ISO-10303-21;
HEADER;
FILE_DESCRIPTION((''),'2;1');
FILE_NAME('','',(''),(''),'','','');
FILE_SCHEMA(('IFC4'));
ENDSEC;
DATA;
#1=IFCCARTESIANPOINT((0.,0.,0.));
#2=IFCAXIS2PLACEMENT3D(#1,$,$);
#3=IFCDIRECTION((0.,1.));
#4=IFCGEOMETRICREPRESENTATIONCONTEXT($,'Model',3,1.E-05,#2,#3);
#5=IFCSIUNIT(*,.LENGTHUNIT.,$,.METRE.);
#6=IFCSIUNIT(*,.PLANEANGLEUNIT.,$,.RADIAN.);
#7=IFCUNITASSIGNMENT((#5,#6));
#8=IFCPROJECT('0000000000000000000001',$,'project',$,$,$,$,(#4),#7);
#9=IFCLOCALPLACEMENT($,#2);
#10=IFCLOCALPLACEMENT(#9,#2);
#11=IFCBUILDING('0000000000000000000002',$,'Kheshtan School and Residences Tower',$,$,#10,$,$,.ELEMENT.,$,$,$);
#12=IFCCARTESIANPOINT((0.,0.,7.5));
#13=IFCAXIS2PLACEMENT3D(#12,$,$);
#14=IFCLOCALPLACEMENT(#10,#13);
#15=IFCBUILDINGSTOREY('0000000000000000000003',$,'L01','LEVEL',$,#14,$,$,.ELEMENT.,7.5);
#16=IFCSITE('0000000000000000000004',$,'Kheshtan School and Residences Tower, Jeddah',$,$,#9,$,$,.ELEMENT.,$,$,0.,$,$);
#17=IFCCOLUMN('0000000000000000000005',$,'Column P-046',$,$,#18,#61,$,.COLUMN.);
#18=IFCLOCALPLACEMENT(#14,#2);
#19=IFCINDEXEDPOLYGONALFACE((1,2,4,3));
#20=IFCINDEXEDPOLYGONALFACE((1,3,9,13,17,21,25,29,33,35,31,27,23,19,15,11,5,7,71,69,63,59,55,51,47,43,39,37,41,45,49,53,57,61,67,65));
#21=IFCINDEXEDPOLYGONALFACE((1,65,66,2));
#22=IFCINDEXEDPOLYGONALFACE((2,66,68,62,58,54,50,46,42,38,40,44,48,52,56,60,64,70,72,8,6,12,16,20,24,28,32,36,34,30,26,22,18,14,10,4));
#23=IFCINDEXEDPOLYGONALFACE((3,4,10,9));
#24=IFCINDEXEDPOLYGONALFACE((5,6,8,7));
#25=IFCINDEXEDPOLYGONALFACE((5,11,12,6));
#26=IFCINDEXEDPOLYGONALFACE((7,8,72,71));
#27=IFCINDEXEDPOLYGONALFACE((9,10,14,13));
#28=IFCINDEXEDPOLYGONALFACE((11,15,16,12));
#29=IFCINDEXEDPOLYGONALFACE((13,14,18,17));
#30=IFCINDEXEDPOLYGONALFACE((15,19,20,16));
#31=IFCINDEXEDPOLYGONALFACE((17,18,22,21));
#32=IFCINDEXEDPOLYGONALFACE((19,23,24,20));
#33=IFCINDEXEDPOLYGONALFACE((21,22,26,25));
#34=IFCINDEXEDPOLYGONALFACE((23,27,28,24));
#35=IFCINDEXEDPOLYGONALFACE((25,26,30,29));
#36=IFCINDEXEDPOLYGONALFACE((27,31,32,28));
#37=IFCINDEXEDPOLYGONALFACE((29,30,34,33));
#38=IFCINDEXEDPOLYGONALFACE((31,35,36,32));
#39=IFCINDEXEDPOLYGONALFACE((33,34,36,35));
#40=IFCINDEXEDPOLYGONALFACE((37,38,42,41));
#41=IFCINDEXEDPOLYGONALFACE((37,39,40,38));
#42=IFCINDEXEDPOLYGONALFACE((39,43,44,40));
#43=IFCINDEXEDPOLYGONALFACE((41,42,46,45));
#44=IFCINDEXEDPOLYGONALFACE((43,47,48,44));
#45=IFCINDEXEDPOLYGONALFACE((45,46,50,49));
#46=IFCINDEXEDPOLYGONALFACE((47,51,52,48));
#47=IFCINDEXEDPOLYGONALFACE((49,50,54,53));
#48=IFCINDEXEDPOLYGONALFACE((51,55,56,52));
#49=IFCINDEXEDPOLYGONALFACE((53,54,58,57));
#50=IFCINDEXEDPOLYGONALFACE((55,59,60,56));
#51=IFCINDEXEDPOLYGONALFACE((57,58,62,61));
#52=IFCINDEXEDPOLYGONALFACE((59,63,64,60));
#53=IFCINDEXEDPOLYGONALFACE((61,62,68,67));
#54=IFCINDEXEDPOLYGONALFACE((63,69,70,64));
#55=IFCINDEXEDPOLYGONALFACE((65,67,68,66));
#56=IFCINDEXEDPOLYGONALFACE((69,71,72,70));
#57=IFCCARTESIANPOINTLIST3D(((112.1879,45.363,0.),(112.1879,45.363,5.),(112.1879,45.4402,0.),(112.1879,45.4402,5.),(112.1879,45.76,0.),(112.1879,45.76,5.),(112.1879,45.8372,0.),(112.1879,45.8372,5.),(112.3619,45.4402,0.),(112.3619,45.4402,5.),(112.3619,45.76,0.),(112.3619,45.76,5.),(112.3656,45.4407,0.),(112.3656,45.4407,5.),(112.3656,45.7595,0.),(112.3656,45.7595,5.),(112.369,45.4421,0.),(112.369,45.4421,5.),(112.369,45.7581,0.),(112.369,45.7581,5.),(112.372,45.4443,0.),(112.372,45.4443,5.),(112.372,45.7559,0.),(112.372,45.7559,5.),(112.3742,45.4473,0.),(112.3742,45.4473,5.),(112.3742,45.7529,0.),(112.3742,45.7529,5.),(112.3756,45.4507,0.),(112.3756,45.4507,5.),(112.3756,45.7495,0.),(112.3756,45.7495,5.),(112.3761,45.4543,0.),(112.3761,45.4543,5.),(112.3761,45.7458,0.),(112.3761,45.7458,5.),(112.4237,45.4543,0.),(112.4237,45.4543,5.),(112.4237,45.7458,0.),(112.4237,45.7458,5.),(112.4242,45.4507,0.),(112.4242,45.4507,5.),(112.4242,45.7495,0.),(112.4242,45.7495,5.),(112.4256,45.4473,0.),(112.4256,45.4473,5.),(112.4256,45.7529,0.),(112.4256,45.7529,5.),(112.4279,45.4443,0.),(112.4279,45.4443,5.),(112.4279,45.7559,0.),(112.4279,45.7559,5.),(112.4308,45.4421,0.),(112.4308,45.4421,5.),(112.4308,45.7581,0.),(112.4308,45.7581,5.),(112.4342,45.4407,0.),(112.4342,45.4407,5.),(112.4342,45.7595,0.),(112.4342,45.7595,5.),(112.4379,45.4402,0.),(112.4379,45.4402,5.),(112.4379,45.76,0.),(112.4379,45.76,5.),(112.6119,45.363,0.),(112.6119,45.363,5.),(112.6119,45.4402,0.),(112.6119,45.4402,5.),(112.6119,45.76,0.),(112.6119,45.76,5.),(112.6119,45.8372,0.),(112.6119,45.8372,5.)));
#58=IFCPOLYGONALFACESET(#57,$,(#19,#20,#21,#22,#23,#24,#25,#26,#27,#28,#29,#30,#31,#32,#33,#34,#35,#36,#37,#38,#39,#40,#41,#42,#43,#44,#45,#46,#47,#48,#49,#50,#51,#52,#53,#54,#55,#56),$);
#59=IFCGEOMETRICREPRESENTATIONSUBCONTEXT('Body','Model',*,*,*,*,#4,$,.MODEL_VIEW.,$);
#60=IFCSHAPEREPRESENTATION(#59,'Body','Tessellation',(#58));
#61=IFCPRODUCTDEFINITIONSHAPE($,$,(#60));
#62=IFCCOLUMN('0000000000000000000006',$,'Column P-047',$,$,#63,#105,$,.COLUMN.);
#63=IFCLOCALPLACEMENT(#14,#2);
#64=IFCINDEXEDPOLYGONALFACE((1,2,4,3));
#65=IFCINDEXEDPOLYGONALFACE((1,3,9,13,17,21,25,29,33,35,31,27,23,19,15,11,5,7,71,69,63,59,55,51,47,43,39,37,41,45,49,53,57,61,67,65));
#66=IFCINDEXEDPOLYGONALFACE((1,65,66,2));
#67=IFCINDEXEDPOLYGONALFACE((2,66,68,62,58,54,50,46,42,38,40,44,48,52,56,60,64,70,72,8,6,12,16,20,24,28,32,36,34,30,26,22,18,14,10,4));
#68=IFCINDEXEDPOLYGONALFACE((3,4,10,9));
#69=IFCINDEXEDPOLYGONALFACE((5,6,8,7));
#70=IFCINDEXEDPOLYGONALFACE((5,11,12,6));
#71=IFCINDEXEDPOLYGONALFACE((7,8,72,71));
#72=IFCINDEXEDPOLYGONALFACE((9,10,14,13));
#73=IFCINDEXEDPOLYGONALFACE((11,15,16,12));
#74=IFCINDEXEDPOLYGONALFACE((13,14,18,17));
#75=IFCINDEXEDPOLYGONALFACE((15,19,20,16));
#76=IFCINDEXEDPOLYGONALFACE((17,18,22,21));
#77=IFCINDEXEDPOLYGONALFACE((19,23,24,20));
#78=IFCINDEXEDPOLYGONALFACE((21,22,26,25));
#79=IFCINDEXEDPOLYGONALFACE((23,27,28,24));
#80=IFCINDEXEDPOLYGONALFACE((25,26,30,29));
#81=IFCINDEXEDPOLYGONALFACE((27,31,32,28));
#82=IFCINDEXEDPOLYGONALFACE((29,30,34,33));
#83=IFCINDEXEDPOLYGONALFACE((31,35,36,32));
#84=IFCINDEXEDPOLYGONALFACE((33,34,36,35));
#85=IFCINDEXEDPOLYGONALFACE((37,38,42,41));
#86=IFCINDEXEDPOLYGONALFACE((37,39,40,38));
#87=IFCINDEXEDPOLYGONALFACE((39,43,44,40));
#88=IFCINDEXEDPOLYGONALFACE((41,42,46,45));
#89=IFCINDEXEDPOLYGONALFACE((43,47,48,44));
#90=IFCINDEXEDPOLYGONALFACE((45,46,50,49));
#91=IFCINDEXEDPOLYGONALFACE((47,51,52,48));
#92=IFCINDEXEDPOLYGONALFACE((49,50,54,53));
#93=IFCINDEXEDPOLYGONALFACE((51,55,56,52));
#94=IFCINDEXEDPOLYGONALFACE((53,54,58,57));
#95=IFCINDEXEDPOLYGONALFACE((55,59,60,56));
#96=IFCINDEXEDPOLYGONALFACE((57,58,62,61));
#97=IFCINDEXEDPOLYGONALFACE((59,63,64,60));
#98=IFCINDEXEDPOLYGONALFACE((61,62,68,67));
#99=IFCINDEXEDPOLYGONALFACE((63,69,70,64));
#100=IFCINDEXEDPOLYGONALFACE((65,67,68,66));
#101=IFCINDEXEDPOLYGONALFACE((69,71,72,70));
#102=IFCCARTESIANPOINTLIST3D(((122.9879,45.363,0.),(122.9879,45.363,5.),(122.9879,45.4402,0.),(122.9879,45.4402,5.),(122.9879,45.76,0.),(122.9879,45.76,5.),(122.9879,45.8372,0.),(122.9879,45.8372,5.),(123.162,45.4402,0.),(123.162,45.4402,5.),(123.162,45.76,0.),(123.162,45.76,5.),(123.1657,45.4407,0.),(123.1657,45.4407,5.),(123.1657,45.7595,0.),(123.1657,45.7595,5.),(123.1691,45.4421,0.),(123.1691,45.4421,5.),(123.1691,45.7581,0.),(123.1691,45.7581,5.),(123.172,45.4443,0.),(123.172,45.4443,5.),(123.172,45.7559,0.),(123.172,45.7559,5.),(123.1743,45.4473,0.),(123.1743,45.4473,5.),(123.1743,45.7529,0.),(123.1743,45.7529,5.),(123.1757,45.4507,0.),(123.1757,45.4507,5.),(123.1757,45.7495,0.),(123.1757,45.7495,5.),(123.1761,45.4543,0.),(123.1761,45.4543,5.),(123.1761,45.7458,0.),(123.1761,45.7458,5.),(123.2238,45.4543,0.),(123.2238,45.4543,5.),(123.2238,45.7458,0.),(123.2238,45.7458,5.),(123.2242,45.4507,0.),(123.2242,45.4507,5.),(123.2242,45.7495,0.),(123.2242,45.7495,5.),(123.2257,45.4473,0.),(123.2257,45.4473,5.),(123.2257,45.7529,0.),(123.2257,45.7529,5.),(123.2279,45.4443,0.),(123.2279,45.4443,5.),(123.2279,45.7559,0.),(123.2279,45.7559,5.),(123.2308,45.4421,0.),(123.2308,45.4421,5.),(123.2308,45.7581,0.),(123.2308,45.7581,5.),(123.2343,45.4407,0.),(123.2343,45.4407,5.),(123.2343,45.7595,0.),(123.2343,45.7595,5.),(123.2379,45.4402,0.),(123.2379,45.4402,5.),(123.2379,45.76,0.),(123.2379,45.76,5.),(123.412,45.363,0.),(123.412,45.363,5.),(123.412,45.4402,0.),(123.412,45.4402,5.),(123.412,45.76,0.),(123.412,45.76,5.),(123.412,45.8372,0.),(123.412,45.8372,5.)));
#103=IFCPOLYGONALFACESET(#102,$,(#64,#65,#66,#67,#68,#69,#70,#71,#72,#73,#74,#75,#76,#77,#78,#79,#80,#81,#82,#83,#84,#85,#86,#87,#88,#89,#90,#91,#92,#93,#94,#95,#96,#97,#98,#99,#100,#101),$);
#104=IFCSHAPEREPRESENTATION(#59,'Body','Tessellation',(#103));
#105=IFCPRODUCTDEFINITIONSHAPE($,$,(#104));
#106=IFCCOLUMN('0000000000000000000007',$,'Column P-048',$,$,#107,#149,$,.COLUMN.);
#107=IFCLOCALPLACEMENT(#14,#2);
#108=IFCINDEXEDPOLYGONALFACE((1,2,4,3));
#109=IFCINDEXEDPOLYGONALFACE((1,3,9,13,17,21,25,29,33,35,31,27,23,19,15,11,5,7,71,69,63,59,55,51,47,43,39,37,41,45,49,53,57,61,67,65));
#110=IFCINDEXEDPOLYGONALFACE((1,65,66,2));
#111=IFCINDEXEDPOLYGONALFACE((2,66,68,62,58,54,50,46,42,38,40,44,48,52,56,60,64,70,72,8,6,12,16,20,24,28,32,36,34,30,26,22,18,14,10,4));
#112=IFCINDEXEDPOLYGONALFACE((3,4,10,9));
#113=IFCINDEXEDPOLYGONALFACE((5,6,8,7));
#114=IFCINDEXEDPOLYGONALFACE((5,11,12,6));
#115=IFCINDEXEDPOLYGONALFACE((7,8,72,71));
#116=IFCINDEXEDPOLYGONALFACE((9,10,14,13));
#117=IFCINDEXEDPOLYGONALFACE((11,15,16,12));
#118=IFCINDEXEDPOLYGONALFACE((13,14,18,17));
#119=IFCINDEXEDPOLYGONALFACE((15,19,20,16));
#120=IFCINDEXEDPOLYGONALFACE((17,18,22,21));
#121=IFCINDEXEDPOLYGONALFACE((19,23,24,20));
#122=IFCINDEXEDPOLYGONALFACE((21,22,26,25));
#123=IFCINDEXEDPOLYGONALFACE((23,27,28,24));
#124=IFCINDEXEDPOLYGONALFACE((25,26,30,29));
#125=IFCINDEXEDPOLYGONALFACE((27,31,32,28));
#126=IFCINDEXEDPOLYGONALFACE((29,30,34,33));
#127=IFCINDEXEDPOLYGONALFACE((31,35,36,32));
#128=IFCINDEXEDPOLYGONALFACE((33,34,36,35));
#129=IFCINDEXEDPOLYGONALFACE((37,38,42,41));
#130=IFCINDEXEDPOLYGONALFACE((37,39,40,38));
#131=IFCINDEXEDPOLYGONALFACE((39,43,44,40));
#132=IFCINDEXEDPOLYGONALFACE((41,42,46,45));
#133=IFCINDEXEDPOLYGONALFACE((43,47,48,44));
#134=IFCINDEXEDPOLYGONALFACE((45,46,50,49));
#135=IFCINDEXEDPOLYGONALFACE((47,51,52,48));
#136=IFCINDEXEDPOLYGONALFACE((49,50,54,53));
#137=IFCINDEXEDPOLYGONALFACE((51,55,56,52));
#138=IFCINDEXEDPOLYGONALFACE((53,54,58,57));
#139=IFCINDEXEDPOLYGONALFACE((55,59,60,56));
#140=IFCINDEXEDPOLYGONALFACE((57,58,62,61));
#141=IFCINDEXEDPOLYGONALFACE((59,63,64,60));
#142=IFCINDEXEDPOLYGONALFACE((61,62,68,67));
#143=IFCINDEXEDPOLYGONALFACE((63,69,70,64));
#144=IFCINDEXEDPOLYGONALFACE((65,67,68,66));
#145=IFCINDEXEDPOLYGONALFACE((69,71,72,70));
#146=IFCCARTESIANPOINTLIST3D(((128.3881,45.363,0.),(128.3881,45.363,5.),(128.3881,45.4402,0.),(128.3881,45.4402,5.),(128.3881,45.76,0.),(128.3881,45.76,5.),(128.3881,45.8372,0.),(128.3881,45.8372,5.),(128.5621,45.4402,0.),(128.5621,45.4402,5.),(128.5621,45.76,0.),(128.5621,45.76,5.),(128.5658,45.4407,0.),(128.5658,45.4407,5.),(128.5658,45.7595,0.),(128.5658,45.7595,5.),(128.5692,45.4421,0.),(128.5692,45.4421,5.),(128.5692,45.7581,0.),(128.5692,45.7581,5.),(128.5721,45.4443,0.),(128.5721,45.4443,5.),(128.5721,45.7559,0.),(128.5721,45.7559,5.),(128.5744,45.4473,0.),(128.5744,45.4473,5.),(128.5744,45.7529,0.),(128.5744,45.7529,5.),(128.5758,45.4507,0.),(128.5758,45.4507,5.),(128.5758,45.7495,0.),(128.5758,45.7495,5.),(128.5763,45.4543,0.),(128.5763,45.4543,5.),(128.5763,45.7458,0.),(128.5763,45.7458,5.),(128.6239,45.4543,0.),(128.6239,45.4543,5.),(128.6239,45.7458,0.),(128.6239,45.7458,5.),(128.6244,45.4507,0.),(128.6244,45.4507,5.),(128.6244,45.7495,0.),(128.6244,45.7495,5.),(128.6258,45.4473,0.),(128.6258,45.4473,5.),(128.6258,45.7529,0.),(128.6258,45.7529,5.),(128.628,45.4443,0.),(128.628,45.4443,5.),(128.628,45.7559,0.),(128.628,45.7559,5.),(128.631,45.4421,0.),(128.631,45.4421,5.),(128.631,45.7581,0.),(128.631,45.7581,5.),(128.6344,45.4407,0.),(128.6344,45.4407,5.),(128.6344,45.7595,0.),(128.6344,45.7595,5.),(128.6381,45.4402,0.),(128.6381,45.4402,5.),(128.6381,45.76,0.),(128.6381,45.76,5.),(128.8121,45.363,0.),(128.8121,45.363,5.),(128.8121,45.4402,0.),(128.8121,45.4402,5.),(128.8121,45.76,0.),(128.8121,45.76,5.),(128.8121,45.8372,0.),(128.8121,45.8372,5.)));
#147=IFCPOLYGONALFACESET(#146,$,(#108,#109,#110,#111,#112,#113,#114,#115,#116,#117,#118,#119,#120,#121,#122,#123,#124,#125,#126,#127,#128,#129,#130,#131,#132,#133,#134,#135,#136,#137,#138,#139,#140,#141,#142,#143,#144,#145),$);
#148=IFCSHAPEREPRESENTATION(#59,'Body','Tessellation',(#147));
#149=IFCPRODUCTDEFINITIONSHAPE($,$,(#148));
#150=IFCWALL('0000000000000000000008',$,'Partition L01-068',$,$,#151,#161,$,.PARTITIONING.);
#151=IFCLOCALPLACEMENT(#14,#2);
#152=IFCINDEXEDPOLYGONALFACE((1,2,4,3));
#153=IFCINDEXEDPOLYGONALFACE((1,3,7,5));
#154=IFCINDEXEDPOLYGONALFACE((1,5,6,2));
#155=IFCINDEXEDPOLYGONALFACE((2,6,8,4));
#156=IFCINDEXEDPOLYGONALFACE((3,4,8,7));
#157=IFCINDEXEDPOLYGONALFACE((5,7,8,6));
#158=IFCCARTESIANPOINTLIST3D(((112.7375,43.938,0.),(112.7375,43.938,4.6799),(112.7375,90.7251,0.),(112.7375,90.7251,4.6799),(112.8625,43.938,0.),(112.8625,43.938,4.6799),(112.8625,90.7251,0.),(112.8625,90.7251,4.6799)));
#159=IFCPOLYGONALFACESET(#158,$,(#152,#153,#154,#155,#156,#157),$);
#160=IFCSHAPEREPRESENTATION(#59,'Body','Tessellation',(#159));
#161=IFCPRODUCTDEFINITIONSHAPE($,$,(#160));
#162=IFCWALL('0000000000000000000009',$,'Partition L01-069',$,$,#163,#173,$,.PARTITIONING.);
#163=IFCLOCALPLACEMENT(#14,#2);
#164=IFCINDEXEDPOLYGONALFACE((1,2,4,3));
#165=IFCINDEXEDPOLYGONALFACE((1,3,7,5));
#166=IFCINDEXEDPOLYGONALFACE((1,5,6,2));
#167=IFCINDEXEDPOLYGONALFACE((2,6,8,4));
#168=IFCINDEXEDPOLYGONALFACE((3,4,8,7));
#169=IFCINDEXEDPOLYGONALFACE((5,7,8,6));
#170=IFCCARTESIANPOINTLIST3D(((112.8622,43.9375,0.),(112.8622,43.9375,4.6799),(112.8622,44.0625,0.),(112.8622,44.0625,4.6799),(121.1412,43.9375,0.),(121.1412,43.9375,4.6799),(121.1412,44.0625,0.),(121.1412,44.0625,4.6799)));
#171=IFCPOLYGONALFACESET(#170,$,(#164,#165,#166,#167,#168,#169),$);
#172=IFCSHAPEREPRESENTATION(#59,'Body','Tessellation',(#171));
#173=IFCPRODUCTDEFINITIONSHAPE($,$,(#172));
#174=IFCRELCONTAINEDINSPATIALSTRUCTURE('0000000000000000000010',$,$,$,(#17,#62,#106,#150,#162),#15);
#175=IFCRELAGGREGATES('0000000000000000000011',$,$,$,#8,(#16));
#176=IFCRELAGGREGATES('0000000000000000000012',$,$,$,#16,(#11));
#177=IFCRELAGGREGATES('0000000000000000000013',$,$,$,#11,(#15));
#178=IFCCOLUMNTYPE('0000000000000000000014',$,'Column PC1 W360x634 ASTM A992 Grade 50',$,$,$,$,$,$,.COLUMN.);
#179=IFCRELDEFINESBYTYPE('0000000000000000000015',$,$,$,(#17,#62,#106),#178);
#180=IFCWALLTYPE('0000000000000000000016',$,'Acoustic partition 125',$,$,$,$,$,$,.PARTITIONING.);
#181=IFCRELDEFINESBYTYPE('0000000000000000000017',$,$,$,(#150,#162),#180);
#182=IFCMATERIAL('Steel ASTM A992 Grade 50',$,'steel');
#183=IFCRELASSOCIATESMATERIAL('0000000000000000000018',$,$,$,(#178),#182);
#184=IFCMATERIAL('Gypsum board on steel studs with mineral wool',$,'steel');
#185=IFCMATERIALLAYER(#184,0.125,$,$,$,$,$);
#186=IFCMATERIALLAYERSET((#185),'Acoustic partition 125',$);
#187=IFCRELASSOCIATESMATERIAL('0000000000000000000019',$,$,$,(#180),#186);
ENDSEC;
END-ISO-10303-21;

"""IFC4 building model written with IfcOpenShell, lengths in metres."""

from ifc_helpers import new_model, si_unit, direction, frame, frame_2d, origin, origin_2d, place, context, subcontext, project, spatial, rectangle, i_section, extrude, material, layer, layer_set, material_profile, profile_set, type_object, element, save


model = new_model("IFC4")

# Units and contexts
model_context = context("Model", 3, precision=1e-05, world=origin(), true_north=direction((0.0, 1.0)))
body_context = subcontext(model_context, "Body", "Model", "MODEL_VIEW")
ifc_project = project(units=[si_unit("LENGTHUNIT", "METRE"), si_unit("PLANEANGLEUNIT", "RADIAN")], contexts=[model_context])

# Site, building, storey
site_placement = place(None, origin())
site = spatial("IfcSite", under=ifc_project, at=site_placement, Name="Kheshtan School and Residences Tower, Jeddah", CompositionType="ELEMENT", RefElevation=0.0)
building_placement = place(site_placement, origin())
building = spatial("IfcBuilding", under=site, at=building_placement, Name="Kheshtan School and Residences Tower", CompositionType="ELEMENT")
storey_placement = place(building_placement, frame((0.0, 0.0, 7.5)))
storey = spatial("IfcBuildingStorey", under=building, at=storey_placement, Name="L01", Description="LEVEL", CompositionType="ELEMENT", Elevation=7.5)

# Columns
ifc_material_1 = material(Name="Steel ASTM A992 Grade 50", Category="steel")
ifc_material_profile = material_profile(ifc_material_1, i_section(OverallWidth=0.4241, OverallDepth=0.4741, WebThickness=0.0476, FlangeThickness=0.0771, FilletRadius=0.0142, at=origin_2d()), Name="W360x634")
ifc_profile_set = profile_set([ifc_material_profile], Name="Steel ASTM A992 Grade 50")
column_type = type_object("IfcColumnType", Name="Column PC1 W360x634 ASTM A992 Grade 50", PredefinedType="COLUMN", material=ifc_profile_set)
for number, where, z_axis, x_axis, name in (
    (1, (112.3999, 45.6001, 0.0), (0.0, 0.0, 1.0), (1.0, 0.0, 0.0), "Column P-046"),
    (2, (123.2, 45.6001, 0.0), (0.0, 0.0, 1.0), (1.0, 0.0, 0.0), "Column P-047"),
    (3, (128.6001, 45.6001, 0.0), (0.0, 0.0, 1.0), (1.0, 0.0, 0.0), "Column P-048"),
):
    element("IfcColumn", number, at=place(storey_placement, frame(where, z_axis=z_axis, x_axis=x_axis)), inside=storey, type_object=column_type, Name=name, PredefinedType="COLUMN", context=body_context, shape_type="SweptSolid", body=[
        extrude(i_section(OverallWidth=0.4241, OverallDepth=0.4741, WebThickness=0.0476, FlangeThickness=0.0771, FilletRadius=0.0142, at=origin_2d()), origin(), (0.0, 0.0, 1.0), 5.0),
    ])

# Walls
ifc_material_2 = material(Name="Gypsum board on steel studs with mineral wool", Category="steel")
ifc_layer_1 = layer(ifc_material_2, 0.125)
ifc_layer_set_1 = layer_set([ifc_layer_1], Name="Acoustic partition 125")
wall_type_1 = type_object("IfcWallType", Name="Acoustic partition 125", PredefinedType="PARTITIONING", material=ifc_layer_set_1)
wall_1_placement = place(storey_placement, frame((112.8, 43.938, 0.0), z_axis=(0.0, 0.0, 1.0), x_axis=(0.0, 1.0, 0.0)))
element("IfcWall", 4, at=wall_1_placement, inside=storey, type_object=wall_type_1, Name="Partition L01-068", PredefinedType="PARTITIONING", context=body_context, shape_type="SweptSolid", body=[
    extrude(rectangle(XDim=46.7871, YDim=0.125, at=frame_2d((23.3936, 0.0))), origin(), (0.0, 0.0, 1.0), 4.6799),
])
wall_2_placement = place(storey_placement, frame((112.8621, 44.0, 0.0), z_axis=(0.0, 0.0, 1.0), x_axis=(1.0, 0.0, 0.0)))
element("IfcWall", 5, at=wall_2_placement, inside=storey, type_object=wall_type_1, Name="Partition L01-069", PredefinedType="PARTITIONING", context=body_context, shape_type="SweptSolid", body=[
    extrude(rectangle(XDim=8.2791, YDim=0.125, at=frame_2d((4.1396, 0.0))), origin(), (0.0, 0.0, 1.0), 4.6799),
])

save(model, "model.ifc")
